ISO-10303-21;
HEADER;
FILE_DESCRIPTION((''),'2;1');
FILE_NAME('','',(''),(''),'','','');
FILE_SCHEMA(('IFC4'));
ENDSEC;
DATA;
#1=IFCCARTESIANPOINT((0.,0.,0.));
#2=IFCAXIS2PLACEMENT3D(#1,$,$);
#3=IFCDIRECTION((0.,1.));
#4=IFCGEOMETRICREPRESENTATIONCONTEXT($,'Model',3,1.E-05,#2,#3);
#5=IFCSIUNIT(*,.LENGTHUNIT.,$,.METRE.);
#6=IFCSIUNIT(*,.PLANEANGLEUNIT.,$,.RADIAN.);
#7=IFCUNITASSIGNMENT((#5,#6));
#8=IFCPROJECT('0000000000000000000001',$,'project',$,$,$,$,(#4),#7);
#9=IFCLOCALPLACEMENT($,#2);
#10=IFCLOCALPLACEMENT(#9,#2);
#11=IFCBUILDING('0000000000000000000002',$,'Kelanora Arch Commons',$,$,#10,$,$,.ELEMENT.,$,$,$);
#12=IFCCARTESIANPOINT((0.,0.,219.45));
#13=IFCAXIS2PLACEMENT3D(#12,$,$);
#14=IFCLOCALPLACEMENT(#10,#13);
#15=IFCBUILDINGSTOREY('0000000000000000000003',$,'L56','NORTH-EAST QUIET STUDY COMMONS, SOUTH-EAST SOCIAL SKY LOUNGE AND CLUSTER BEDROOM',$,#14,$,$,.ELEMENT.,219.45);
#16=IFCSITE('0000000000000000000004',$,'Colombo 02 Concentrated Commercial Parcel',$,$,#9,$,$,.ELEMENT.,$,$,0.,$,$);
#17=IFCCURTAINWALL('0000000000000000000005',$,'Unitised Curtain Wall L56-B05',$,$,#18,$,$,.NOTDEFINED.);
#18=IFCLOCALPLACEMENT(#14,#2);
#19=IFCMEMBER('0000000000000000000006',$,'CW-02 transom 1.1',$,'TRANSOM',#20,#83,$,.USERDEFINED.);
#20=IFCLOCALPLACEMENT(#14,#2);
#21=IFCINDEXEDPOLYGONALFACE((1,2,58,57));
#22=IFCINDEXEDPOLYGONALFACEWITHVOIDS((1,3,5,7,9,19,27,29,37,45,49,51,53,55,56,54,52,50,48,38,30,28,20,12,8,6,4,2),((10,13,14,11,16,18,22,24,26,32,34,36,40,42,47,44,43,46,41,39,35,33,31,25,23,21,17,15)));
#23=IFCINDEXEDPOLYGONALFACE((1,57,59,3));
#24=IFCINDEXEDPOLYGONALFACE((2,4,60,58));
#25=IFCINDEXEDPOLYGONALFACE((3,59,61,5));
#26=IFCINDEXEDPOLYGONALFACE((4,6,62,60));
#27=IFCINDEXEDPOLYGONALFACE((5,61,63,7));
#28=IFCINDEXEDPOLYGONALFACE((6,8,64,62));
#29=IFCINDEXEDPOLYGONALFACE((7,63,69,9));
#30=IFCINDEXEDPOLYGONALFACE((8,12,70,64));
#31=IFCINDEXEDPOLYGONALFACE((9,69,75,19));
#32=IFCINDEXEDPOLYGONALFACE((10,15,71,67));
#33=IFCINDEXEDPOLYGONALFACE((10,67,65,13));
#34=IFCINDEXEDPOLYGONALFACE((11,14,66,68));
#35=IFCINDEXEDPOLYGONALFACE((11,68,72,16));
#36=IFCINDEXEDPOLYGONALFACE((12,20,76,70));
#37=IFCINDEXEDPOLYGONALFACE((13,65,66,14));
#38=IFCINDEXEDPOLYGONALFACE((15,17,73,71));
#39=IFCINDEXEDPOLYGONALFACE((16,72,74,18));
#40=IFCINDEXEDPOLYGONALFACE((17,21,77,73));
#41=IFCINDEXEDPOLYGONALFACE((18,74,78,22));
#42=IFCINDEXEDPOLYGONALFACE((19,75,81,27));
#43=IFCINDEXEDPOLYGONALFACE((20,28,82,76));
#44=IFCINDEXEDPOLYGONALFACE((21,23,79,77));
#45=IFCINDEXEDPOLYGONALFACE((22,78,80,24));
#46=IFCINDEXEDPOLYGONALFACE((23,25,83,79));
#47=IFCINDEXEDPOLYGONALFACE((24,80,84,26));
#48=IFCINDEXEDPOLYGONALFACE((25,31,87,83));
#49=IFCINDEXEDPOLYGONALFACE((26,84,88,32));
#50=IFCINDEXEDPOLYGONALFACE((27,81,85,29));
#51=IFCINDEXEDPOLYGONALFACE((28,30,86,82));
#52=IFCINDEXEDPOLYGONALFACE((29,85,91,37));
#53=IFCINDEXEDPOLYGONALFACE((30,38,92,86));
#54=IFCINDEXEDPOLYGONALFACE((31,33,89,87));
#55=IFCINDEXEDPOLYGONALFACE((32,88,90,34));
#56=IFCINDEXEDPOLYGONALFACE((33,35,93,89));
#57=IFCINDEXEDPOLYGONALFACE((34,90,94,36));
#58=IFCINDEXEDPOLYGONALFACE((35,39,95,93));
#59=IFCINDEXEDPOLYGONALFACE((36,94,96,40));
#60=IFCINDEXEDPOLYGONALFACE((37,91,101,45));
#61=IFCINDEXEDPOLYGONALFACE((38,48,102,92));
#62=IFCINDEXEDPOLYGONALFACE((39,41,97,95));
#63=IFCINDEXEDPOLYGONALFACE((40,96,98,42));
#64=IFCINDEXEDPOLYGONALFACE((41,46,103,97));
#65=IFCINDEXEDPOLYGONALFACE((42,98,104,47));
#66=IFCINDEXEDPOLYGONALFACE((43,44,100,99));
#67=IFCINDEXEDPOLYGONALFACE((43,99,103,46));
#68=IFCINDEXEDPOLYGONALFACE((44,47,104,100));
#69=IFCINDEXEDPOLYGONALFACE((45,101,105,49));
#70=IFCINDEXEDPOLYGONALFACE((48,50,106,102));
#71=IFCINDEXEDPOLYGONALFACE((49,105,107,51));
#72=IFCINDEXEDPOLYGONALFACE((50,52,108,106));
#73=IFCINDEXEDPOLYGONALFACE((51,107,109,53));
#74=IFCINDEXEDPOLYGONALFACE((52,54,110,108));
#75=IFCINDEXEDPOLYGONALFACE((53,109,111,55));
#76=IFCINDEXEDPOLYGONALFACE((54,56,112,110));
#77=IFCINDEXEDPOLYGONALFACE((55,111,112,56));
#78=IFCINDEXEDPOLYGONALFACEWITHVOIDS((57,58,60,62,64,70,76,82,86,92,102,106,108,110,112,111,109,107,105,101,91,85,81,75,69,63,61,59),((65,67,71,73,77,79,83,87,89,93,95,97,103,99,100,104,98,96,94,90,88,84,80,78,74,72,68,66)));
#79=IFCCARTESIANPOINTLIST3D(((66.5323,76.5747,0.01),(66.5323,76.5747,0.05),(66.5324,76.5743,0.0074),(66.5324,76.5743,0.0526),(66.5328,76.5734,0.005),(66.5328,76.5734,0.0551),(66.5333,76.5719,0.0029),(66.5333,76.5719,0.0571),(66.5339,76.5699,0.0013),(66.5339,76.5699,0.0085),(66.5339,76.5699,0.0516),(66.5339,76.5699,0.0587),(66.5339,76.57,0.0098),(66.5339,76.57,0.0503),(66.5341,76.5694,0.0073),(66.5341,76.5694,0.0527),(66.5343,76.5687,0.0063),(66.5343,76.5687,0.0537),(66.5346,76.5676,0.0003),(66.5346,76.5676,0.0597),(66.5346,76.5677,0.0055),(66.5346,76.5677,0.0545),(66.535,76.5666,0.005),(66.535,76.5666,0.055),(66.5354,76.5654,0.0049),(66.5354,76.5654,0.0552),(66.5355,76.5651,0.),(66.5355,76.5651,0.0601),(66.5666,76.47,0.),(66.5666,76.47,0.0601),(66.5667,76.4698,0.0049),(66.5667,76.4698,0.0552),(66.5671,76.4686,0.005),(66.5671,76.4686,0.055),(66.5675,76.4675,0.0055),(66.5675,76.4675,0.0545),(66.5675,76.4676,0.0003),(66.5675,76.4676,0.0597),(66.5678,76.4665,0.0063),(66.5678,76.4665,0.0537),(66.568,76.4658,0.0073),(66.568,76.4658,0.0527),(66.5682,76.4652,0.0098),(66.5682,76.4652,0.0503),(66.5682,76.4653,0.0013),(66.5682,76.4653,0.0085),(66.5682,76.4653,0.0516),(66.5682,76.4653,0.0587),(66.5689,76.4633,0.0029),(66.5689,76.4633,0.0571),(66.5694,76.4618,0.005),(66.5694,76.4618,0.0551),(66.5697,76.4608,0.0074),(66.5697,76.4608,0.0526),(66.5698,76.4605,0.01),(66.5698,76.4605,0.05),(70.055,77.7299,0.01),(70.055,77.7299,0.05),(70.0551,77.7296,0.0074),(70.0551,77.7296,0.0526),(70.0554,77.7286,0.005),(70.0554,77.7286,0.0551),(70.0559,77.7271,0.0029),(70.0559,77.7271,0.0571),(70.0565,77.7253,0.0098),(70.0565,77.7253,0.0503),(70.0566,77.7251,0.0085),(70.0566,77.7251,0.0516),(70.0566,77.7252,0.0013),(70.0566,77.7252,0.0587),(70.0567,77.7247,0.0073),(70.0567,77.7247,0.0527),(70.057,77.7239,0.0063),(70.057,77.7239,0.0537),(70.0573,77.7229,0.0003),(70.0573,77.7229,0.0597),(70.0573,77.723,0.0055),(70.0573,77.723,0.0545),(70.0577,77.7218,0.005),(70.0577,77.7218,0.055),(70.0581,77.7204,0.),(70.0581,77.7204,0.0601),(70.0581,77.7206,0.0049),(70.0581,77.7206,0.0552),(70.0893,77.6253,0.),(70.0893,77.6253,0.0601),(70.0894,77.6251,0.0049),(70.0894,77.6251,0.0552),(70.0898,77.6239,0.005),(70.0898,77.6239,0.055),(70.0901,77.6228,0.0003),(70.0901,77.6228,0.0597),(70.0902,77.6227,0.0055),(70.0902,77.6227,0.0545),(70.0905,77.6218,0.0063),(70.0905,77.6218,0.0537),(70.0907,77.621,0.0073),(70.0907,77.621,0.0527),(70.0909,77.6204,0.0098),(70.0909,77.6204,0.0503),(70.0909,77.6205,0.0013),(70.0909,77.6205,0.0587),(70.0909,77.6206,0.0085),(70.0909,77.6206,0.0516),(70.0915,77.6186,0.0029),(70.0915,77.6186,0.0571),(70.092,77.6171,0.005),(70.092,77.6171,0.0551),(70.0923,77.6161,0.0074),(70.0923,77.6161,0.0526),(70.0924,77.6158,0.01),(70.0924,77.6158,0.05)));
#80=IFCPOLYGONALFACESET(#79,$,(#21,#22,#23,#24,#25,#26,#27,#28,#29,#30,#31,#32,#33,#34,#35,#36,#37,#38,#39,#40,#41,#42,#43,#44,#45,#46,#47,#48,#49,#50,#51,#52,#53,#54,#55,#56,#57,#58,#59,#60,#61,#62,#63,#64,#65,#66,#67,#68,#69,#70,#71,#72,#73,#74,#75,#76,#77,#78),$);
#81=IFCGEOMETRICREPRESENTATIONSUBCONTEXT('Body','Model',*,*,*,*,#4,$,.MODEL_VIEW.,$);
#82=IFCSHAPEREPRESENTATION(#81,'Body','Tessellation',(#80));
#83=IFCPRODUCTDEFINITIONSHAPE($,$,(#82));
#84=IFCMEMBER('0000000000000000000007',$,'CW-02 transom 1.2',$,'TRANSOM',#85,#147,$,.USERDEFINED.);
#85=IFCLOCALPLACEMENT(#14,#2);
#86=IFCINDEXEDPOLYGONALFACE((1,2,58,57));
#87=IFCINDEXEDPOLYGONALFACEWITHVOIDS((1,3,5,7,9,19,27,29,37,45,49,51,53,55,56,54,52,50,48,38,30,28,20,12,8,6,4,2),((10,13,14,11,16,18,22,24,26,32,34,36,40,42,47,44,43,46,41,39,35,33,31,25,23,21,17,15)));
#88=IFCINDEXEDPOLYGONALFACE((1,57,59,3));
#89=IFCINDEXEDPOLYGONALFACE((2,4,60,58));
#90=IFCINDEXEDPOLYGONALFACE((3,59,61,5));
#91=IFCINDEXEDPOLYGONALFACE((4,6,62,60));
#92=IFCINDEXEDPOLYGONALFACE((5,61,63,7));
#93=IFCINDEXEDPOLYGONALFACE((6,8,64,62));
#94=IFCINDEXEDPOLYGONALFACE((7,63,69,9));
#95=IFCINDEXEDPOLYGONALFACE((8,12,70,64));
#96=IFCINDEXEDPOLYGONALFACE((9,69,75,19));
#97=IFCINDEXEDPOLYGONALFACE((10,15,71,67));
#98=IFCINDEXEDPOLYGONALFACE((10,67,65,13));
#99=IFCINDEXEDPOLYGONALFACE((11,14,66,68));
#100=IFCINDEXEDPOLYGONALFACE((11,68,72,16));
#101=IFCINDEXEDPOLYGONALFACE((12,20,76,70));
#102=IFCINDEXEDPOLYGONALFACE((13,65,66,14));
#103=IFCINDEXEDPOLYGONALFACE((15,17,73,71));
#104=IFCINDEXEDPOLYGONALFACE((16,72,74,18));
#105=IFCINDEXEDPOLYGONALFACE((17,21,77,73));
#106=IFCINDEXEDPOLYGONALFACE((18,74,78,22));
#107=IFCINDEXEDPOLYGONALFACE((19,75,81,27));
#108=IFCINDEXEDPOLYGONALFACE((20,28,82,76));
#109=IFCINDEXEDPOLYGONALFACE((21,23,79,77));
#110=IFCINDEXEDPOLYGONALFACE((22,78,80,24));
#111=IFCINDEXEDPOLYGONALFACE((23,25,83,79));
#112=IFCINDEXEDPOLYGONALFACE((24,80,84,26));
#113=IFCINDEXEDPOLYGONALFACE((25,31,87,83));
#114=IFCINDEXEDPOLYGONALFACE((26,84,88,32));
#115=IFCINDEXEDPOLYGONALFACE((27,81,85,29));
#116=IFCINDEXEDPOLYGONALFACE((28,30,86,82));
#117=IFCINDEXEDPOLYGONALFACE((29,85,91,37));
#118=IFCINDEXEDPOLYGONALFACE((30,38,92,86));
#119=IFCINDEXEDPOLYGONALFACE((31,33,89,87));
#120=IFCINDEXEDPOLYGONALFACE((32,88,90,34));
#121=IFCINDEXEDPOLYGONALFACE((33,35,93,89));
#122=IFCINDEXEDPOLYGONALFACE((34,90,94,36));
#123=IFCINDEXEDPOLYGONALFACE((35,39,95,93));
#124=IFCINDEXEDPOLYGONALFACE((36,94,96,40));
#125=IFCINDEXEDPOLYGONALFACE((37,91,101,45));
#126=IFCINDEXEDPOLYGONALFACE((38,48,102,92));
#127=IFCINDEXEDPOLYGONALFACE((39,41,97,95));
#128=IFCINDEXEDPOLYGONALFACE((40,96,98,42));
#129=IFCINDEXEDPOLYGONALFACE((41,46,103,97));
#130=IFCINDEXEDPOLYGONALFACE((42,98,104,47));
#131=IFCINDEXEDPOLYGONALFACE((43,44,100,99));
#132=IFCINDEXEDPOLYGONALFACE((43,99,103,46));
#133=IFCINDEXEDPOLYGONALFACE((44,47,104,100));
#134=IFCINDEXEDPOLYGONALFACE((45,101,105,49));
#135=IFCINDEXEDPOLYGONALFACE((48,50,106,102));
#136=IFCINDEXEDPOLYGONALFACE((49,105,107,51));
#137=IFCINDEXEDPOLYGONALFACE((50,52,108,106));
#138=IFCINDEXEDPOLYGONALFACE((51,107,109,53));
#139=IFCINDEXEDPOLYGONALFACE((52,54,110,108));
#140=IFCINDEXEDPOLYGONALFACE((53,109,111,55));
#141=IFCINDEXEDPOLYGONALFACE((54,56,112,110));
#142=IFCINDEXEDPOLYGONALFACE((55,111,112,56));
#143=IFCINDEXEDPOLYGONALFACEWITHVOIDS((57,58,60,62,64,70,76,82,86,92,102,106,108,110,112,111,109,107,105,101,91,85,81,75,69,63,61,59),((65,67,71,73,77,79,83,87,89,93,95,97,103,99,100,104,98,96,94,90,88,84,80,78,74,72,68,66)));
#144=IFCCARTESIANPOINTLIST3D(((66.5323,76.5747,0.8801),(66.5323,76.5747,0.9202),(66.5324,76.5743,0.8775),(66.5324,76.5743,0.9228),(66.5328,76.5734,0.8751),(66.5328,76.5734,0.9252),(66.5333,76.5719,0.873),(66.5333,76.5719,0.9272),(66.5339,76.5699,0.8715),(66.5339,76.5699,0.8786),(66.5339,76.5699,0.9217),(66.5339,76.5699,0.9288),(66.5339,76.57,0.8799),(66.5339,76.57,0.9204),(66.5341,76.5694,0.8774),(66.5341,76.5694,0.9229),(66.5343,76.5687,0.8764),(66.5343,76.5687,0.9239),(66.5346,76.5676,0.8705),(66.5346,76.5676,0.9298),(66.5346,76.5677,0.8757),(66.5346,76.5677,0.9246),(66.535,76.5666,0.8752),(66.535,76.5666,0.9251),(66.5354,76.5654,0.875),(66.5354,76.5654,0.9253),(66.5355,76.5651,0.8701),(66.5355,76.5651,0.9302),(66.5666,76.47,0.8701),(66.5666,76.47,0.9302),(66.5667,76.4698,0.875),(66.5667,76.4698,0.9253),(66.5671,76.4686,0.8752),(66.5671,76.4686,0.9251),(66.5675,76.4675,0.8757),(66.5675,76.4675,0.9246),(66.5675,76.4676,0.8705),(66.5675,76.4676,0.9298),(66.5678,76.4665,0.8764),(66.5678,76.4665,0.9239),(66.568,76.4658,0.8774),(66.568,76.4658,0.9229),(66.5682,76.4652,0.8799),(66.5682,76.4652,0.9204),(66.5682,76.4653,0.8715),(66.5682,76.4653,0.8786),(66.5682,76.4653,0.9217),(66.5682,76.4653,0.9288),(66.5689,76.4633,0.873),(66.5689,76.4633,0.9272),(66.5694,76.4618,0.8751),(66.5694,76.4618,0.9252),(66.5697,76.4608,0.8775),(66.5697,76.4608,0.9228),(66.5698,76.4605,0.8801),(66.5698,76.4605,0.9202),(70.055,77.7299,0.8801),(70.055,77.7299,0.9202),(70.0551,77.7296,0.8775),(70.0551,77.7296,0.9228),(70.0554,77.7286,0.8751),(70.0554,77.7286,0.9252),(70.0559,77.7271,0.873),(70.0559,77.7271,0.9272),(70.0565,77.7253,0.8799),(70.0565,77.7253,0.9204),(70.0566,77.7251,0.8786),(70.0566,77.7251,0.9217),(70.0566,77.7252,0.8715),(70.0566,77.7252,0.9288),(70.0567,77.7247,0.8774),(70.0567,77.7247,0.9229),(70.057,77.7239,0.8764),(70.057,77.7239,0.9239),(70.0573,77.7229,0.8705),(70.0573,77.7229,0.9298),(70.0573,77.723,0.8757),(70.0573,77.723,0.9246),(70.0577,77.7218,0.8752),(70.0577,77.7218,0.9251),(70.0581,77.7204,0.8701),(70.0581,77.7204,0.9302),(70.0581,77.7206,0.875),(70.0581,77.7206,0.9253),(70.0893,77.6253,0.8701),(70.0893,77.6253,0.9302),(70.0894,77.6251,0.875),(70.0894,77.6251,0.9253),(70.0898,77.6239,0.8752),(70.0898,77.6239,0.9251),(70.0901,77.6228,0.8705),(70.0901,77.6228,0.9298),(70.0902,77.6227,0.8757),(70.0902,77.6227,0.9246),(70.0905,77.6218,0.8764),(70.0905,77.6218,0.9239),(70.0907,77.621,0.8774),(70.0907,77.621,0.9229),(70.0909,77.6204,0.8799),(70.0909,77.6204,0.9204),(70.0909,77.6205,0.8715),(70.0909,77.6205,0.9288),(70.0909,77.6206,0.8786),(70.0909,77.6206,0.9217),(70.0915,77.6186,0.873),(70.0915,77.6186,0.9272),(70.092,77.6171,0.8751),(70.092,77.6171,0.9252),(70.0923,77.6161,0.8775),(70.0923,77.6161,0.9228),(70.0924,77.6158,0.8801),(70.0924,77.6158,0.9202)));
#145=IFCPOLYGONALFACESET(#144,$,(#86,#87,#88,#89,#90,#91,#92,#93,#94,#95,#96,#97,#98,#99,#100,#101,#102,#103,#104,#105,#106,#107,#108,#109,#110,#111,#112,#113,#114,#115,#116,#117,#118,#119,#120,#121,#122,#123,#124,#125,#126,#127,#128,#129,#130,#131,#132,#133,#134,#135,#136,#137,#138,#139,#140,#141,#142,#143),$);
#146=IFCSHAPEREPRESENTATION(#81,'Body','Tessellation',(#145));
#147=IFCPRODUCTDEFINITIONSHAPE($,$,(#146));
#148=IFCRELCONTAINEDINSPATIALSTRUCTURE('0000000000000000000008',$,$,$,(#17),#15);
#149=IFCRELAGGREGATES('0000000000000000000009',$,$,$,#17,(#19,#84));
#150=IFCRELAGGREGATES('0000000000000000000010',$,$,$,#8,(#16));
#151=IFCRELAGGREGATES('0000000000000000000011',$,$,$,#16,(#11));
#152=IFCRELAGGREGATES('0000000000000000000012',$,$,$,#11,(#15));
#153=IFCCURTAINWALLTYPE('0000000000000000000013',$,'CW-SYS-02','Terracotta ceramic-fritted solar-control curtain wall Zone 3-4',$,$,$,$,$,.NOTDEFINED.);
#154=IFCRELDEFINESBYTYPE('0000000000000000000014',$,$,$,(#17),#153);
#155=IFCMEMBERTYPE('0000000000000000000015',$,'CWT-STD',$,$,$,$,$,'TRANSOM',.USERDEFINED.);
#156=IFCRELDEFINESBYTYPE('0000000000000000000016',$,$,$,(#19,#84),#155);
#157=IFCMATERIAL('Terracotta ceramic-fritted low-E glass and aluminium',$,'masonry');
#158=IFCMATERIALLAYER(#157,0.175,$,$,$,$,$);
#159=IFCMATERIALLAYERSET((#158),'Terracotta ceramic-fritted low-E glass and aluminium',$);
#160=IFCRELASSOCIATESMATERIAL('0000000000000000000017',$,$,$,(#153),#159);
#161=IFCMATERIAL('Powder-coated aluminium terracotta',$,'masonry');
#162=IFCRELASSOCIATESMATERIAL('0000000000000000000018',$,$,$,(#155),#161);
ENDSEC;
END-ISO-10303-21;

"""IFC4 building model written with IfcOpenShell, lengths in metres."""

from ifc_helpers import new_model, si_unit, direction, frame, origin, origin_2d, place, context, subcontext, project, spatial, hollow_rectangle, extrude, material, layer, layer_set, material_profile, profile_set, type_object, element, aggregate, save


model = new_model("IFC4")

# Units and contexts
model_context = context("Model", 3, precision=1e-05, world=origin(), true_north=direction((0.0, 1.0)))
body_context = subcontext(model_context, "Body", "Model", "MODEL_VIEW")
ifc_project = project(units=[si_unit("LENGTHUNIT", "METRE"), si_unit("PLANEANGLEUNIT", "RADIAN")], contexts=[model_context])

# Site, building, storey
site_placement = place(None, origin())
site = spatial("IfcSite", under=ifc_project, at=site_placement, Name="Colombo 02 Concentrated Commercial Parcel", CompositionType="ELEMENT", RefElevation=0.0)
building_placement = place(site_placement, origin())
building = spatial("IfcBuilding", under=site, at=building_placement, Name="Kelanora Arch Commons", CompositionType="ELEMENT")
storey_placement = place(building_placement, frame((0.0, 0.0, 219.45)))
storey = spatial("IfcBuildingStorey", under=building, at=storey_placement, Name="L56", Description="NORTH-EAST QUIET STUDY COMMONS, SOUTH-EAST SOCIAL SKY LOUNGE AND CLUSTER BEDROOM", CompositionType="ELEMENT", Elevation=219.45)

# Curtain wall, members
ifc_material_1 = material(Name="Terracotta ceramic-fritted low-E glass and aluminium", Category="masonry")
ifc_layer_1 = layer(ifc_material_1, 0.175)
ifc_layer_set_1 = layer_set([ifc_layer_1], Name="Terracotta ceramic-fritted low-E glass and aluminium")
curtain_wall_type = type_object("IfcCurtainWallType", Name="CW-SYS-02", Description="Terracotta ceramic-fritted solar-control curtain wall Zone 3-4", PredefinedType="NOTDEFINED", material=ifc_layer_set_1)
curtain_wall_placement = place(storey_placement, origin())
curtain_wall = element("IfcCurtainWall", 1, at=curtain_wall_placement, inside=storey, type_object=curtain_wall_type, Name="Unitised Curtain Wall L56-B05", PredefinedType="NOTDEFINED")
ifc_material_2 = material(Name="Powder-coated aluminium terracotta", Category="masonry")
ifc_material_profile_1 = material_profile(ifc_material_2, hollow_rectangle(XDim=0.1201, YDim=0.0601, WallThickness=0.0049, InnerFilletRadius=0.0049, OuterFilletRadius=0.01, at=origin_2d()), Name="CWT120x60")
ifc_profile_set_1 = profile_set([ifc_material_profile_1], Name="Powder-coated aluminium terracotta")
member_type_1 = type_object("IfcMemberType", Name="CWT-STD", ElementType="TRANSOM", PredefinedType="USERDEFINED", material=ifc_profile_set_1)
member_1_placement = place(storey_placement, frame((70.0737, 77.6729, 0.03), z_axis=(-0.950207, -0.311621, 0.0), x_axis=(0.311621, -0.950207, 0.0)))
member_1 = element("IfcMember", 2, at=member_1_placement, type_object=member_type_1, Name="CW-02 transom 1.1", ObjectType="TRANSOM", PredefinedType="USERDEFINED", context=body_context, shape_type="SweptSolid", body=[
    extrude(hollow_rectangle(XDim=0.1201, YDim=0.0601, WallThickness=0.0049, InnerFilletRadius=0.0049, OuterFilletRadius=0.01, at=origin_2d()), origin(), (0.0, 0.0, 1.0), 3.7073),
])
member_2_placement = place(storey_placement, frame((70.0737, 77.6729, 0.9001), z_axis=(-0.950207, -0.311621, 0.0), x_axis=(0.311621, -0.950207, 0.0)))
member_2 = element("IfcMember", 3, at=member_2_placement, type_object=member_type_1, Name="CW-02 transom 1.2", ObjectType="TRANSOM", PredefinedType="USERDEFINED", context=body_context, shape_type="SweptSolid", body=[
    extrude(hollow_rectangle(XDim=0.1201, YDim=0.0601, WallThickness=0.0049, InnerFilletRadius=0.0049, OuterFilletRadius=0.01, at=origin_2d()), origin(), (0.0, 0.0, 1.0), 3.7073),
])
aggregate(curtain_wall, [member_1, member_2])

save(model, "model.ifc")
